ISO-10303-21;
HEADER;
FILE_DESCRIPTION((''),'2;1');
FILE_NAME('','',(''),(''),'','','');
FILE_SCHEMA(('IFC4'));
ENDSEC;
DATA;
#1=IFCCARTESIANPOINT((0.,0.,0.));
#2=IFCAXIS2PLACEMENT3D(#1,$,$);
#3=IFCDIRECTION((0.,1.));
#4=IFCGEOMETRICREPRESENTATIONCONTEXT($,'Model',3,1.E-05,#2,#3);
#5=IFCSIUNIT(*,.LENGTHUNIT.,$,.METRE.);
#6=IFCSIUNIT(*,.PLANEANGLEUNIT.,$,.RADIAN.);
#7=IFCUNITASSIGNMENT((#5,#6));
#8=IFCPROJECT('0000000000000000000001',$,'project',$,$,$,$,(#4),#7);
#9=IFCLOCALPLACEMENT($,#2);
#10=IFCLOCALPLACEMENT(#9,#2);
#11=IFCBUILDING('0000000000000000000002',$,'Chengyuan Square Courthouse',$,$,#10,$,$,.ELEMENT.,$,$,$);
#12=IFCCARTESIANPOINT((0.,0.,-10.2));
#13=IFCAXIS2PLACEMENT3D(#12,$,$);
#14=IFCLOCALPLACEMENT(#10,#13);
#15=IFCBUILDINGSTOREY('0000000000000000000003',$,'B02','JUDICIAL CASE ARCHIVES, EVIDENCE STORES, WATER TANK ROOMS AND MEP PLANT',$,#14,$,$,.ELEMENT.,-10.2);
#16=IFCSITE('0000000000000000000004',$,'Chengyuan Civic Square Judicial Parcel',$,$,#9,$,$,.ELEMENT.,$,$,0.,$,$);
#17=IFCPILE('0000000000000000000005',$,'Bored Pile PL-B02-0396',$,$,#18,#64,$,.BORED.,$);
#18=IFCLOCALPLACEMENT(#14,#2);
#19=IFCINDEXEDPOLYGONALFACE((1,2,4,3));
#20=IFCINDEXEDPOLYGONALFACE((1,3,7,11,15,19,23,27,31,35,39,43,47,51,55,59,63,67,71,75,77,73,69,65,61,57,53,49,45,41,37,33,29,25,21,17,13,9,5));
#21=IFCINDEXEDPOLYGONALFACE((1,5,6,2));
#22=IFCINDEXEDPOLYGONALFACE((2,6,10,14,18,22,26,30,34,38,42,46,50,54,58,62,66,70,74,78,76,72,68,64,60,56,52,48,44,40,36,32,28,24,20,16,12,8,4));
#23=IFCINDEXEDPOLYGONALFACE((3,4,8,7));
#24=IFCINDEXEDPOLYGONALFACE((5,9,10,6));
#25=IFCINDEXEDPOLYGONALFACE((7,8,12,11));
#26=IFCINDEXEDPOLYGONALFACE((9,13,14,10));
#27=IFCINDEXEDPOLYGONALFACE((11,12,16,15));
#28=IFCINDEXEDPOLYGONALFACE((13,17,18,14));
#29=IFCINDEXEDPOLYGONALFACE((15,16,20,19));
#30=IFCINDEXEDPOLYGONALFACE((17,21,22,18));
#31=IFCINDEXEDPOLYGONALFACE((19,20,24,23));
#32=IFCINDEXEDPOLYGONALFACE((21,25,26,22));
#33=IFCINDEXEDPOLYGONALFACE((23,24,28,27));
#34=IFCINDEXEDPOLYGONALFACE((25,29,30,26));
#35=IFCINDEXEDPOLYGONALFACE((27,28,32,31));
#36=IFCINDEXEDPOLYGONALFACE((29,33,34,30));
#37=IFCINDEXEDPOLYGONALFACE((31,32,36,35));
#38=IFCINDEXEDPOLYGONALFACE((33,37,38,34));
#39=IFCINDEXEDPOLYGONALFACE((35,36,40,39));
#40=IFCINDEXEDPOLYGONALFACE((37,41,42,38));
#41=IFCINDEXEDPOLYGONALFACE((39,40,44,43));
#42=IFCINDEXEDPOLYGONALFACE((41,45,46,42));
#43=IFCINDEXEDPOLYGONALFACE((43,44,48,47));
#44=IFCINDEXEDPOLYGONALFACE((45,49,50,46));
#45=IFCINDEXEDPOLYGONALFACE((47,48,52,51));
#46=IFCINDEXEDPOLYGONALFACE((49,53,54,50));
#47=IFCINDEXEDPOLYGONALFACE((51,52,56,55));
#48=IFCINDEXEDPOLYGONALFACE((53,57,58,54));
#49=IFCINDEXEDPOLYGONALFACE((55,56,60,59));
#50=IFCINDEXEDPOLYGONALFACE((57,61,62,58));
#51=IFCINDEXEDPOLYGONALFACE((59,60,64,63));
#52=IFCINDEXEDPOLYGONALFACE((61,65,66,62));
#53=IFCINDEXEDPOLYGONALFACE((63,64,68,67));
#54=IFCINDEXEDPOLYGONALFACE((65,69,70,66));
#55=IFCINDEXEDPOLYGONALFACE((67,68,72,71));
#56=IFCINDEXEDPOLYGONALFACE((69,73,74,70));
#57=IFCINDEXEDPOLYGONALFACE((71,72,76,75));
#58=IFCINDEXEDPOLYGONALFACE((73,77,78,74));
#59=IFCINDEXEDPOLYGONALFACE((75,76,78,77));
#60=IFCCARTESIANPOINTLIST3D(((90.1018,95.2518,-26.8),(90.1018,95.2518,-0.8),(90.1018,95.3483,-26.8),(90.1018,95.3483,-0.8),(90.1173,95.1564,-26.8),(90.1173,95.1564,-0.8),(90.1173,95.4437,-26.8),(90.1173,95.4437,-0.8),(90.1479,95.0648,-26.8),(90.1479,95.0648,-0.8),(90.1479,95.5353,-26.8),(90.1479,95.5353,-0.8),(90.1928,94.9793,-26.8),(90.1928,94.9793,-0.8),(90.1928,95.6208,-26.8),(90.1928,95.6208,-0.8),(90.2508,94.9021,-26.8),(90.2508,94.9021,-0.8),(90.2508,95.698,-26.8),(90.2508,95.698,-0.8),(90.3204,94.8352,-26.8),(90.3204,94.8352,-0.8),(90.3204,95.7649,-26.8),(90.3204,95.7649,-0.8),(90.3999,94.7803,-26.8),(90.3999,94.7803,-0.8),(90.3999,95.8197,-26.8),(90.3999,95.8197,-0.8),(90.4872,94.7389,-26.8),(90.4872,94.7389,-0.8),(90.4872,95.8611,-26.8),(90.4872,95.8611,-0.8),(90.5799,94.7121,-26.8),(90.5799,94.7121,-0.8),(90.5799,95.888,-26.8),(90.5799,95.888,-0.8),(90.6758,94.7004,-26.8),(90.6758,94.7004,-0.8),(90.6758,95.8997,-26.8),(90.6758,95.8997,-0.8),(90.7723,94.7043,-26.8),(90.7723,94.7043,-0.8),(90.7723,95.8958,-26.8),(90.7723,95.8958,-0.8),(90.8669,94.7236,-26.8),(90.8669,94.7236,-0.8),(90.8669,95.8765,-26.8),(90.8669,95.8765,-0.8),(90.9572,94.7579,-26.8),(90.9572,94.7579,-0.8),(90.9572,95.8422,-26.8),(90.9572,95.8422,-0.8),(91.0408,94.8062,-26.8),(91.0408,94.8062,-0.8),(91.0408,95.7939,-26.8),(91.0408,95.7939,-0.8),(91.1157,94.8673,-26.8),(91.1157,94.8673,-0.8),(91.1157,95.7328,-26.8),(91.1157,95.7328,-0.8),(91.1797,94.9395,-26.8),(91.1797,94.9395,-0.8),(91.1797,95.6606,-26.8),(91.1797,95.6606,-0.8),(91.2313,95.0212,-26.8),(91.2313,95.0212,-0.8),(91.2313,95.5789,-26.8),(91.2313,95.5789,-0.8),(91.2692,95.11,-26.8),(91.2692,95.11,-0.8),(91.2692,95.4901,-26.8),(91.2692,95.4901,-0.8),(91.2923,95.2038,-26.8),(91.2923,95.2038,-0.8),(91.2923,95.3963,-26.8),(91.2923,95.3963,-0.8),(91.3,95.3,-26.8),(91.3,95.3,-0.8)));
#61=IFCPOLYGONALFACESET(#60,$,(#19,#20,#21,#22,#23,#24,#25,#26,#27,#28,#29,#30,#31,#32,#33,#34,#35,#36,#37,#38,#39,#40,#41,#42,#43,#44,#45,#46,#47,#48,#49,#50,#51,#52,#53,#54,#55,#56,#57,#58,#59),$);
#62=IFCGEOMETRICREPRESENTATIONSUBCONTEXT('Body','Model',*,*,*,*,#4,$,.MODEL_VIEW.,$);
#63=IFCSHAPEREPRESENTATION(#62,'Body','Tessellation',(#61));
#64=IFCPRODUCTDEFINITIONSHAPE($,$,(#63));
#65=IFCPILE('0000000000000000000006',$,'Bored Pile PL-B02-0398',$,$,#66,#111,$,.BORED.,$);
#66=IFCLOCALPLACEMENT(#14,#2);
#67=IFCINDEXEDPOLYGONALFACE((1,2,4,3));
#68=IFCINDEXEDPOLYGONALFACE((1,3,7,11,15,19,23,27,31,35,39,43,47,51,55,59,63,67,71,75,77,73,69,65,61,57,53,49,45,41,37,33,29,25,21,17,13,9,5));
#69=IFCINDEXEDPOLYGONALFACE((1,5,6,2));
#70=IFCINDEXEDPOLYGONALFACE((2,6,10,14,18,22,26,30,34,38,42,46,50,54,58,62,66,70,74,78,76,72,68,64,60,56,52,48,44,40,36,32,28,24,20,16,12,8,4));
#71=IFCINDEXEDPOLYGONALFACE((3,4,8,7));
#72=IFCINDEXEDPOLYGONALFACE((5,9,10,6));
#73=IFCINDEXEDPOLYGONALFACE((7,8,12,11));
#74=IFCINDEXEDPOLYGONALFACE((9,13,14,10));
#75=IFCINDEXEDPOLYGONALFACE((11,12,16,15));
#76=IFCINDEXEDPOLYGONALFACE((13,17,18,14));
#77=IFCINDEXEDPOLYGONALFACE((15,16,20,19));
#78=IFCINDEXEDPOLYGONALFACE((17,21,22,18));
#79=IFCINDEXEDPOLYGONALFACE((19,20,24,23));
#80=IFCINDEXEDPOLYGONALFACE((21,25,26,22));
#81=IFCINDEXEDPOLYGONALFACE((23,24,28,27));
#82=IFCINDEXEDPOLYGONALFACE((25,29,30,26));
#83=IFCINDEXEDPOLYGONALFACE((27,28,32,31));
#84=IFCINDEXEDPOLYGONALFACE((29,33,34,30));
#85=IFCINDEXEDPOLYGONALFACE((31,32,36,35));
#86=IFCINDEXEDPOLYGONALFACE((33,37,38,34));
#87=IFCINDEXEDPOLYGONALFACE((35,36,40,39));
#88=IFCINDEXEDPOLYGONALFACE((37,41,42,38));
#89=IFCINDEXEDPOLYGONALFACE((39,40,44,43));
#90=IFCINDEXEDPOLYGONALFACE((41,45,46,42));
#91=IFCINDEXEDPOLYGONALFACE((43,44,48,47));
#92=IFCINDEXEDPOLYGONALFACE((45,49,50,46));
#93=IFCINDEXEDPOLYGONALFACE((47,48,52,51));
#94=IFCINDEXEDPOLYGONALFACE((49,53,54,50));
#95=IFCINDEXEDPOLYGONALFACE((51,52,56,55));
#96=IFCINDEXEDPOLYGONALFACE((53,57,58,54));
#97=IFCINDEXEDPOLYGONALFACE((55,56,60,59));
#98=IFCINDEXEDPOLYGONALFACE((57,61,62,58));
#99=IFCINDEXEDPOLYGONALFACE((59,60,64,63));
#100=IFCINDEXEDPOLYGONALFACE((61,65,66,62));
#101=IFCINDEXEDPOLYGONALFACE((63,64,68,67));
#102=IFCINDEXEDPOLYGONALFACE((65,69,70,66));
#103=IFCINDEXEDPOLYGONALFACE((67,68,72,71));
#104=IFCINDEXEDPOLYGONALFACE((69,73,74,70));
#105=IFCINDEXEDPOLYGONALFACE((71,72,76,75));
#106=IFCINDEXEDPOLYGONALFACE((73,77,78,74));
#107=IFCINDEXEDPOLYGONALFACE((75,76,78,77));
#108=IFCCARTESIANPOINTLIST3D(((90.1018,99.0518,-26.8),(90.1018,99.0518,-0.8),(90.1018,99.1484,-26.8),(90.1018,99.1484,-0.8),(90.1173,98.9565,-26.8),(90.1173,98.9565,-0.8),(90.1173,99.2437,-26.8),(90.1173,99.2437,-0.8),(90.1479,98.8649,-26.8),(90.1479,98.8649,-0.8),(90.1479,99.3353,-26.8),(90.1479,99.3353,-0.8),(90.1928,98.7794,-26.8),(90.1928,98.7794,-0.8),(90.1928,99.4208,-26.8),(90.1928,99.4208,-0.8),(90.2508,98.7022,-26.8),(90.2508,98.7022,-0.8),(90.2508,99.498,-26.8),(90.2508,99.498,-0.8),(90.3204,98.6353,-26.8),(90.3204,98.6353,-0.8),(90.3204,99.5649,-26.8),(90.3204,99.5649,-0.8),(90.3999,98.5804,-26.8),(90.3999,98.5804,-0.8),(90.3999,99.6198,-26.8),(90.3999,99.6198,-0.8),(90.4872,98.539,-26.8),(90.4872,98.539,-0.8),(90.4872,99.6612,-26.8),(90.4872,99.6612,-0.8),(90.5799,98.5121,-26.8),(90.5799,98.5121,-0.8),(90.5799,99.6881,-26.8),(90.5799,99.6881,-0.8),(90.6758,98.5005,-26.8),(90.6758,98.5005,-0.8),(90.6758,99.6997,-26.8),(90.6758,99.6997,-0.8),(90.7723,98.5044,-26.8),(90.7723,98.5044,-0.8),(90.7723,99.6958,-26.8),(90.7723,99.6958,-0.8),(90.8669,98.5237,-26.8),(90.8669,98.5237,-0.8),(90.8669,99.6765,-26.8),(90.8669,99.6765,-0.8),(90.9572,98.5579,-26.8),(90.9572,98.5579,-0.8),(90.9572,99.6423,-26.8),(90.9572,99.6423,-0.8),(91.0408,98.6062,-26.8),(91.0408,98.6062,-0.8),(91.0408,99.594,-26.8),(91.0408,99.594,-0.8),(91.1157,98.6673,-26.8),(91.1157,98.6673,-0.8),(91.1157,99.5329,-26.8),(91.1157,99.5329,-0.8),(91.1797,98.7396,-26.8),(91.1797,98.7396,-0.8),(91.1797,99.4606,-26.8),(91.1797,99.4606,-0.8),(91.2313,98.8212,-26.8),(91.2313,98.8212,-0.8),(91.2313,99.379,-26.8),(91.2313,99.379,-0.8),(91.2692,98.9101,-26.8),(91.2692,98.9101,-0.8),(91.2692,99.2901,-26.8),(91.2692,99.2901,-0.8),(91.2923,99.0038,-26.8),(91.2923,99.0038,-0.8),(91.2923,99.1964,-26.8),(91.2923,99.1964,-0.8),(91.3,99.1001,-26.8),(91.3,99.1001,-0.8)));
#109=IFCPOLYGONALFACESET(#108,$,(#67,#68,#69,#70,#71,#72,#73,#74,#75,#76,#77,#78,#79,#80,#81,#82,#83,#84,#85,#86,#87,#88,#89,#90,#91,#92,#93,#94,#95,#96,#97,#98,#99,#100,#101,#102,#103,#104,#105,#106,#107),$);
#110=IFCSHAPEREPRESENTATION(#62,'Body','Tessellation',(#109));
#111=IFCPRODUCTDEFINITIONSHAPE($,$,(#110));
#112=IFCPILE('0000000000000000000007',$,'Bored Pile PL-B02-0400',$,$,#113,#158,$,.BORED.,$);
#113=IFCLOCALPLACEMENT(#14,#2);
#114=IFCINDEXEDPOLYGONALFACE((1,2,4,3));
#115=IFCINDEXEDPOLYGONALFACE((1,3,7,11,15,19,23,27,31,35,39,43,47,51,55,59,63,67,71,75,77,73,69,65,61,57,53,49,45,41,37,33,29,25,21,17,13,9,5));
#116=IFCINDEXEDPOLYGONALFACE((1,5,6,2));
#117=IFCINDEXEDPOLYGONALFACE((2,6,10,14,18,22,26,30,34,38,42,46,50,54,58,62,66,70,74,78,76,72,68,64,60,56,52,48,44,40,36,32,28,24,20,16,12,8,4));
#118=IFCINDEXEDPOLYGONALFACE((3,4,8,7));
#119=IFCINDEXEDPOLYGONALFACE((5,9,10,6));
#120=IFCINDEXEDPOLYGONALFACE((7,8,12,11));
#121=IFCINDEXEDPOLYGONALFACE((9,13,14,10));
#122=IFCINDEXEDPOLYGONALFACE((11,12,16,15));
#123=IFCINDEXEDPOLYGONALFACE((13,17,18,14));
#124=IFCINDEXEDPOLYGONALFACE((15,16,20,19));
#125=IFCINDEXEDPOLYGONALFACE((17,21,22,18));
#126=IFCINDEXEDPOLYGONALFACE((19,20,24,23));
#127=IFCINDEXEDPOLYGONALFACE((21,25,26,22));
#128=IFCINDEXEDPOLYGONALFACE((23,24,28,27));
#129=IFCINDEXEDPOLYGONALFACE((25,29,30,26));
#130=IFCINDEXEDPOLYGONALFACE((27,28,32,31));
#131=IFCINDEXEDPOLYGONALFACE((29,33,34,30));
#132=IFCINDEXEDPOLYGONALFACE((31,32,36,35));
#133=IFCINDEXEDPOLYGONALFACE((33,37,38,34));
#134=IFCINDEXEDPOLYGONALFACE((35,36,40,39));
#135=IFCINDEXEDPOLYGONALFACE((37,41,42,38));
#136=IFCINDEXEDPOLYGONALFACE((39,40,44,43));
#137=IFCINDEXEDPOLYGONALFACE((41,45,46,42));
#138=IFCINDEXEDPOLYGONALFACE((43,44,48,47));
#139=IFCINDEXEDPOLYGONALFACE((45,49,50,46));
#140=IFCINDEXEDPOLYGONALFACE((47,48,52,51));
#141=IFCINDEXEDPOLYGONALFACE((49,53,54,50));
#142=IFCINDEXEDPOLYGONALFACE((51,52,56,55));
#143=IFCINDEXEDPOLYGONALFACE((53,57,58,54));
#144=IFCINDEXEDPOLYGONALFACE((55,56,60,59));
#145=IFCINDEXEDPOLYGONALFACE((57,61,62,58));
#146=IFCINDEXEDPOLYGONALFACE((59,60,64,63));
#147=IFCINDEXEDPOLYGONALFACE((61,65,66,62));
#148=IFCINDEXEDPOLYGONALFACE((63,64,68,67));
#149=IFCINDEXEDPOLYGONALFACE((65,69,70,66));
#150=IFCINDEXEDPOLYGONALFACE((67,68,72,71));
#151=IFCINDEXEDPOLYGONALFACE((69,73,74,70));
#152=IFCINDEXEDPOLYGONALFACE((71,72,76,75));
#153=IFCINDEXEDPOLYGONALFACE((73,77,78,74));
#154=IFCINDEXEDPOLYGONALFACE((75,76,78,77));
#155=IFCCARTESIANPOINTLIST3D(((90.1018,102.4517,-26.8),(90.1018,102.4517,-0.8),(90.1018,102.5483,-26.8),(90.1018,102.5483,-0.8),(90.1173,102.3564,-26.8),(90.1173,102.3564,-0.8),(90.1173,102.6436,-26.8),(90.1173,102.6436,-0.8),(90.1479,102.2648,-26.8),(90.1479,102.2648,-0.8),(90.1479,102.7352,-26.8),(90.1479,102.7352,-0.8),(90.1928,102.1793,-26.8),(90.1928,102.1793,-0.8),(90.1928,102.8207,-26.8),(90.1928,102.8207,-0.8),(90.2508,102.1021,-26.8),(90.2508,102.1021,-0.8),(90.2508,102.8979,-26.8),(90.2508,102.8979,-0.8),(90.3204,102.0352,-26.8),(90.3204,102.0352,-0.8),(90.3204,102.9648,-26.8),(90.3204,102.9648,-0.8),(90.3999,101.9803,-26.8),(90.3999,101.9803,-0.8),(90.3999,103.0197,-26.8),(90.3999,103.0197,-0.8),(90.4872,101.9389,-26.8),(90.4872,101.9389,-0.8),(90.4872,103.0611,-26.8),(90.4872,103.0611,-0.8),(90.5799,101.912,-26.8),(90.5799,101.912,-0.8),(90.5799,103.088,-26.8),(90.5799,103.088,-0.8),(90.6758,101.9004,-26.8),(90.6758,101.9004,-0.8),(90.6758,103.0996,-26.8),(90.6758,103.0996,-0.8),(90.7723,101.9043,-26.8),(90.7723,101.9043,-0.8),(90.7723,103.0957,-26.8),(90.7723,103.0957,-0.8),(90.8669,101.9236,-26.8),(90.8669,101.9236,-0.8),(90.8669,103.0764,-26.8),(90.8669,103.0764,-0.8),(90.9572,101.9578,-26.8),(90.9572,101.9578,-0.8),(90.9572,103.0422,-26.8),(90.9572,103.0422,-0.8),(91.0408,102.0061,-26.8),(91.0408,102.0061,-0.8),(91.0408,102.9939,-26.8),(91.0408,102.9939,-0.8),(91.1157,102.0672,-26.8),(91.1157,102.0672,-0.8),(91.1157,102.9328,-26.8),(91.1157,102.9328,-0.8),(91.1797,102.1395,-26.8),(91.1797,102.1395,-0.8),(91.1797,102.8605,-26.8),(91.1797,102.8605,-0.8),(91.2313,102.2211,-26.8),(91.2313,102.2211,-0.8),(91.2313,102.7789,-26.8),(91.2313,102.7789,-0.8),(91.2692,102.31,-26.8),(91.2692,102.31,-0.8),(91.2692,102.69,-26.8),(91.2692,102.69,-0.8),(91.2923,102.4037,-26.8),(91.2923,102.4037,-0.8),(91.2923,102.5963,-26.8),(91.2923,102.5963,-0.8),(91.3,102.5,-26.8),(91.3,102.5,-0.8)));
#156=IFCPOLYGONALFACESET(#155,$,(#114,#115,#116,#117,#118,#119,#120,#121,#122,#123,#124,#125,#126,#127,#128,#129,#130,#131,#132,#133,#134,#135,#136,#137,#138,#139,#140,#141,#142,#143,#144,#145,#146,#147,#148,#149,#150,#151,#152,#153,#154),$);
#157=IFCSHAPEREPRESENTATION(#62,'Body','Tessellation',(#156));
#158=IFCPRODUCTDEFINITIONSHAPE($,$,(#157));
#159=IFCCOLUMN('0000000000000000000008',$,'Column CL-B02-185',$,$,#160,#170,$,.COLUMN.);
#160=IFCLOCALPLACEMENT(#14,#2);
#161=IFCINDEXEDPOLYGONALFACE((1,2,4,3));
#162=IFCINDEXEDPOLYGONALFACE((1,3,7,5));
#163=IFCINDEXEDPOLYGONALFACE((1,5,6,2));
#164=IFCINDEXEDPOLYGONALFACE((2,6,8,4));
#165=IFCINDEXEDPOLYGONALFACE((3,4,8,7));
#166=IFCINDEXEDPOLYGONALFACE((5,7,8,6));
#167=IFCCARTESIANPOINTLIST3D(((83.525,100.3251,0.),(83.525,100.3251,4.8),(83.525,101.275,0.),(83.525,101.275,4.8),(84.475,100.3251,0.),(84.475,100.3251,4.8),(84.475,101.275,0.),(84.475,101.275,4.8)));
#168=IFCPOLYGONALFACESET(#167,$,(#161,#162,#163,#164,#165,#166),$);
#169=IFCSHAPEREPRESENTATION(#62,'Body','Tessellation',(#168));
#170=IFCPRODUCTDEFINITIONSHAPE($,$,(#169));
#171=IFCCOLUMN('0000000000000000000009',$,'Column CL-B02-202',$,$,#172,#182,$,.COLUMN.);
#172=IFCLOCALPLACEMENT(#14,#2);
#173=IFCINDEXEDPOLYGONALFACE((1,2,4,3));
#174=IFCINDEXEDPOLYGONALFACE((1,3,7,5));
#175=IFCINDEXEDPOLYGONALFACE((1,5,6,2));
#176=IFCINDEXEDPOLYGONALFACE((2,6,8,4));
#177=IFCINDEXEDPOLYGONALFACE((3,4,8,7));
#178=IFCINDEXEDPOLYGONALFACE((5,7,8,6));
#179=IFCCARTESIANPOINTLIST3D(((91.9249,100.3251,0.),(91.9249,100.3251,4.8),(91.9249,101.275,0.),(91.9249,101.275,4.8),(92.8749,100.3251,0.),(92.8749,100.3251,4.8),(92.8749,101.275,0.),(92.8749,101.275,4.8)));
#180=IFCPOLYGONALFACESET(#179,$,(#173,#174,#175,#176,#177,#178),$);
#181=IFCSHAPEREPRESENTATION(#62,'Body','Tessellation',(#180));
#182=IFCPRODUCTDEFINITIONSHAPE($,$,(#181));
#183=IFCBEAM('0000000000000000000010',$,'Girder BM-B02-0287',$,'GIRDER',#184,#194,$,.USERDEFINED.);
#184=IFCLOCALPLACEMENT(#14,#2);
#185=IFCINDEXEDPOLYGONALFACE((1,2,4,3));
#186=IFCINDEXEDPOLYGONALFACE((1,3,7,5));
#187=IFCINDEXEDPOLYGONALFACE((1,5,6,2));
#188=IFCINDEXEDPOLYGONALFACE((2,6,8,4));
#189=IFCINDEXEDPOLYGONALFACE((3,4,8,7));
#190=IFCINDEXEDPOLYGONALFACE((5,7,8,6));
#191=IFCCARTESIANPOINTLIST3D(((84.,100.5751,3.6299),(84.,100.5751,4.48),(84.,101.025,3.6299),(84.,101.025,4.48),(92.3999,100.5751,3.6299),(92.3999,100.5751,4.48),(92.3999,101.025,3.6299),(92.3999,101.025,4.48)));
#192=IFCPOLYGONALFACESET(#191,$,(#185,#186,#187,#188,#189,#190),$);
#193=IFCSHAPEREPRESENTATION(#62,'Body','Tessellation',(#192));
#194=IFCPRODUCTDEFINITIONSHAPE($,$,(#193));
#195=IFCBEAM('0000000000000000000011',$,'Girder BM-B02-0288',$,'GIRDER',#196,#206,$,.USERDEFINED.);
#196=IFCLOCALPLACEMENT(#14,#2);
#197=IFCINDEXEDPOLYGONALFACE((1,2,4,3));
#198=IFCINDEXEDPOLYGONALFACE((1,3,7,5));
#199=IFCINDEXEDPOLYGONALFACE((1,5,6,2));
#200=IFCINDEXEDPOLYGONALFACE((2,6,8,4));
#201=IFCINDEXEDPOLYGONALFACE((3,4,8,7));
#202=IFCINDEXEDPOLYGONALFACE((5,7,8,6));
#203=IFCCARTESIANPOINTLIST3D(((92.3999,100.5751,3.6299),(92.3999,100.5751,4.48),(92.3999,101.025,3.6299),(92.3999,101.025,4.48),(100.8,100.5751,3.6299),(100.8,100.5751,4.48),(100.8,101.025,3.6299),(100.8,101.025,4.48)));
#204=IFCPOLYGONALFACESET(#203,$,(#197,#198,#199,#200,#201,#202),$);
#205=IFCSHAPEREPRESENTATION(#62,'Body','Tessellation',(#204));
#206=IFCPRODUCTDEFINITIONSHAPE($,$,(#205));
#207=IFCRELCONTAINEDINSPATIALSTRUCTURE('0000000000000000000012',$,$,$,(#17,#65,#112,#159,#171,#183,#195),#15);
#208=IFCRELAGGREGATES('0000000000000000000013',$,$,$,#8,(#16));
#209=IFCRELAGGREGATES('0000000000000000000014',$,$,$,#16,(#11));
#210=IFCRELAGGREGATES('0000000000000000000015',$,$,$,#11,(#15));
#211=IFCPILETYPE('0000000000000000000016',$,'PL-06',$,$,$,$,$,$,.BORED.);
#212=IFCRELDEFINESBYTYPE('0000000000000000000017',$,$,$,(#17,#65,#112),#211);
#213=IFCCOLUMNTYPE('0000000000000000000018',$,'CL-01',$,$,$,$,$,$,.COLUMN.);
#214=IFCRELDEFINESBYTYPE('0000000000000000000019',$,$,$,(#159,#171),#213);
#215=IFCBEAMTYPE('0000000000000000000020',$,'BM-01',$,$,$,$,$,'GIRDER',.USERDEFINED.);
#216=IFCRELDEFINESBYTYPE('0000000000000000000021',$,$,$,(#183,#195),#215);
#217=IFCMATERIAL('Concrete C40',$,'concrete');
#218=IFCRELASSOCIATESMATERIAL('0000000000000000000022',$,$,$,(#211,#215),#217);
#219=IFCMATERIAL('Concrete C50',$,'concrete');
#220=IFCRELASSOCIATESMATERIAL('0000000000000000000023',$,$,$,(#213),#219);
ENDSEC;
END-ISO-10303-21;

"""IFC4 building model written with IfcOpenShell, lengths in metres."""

from ifc_helpers import new_model, si_unit, direction, frame, origin, origin_2d, place, context, subcontext, project, spatial, rectangle, circle, extrude, material, material_profile, profile_set, type_object, element, save


model = new_model("IFC4")

# Units and contexts
model_context = context("Model", 3, precision=1e-05, world=origin(), true_north=direction((0.0, 1.0)))
body_context = subcontext(model_context, "Body", "Model", "MODEL_VIEW")
ifc_project = project(units=[si_unit("LENGTHUNIT", "METRE"), si_unit("PLANEANGLEUNIT", "RADIAN")], contexts=[model_context])

# Site, building, storey
site_placement = place(None, origin())
site = spatial("IfcSite", under=ifc_project, at=site_placement, Name="Chengyuan Civic Square Judicial Parcel", CompositionType="ELEMENT", RefElevation=0.0)
building_placement = place(site_placement, origin())
building = spatial("IfcBuilding", under=site, at=building_placement, Name="Chengyuan Square Courthouse", CompositionType="ELEMENT")
storey_placement = place(building_placement, frame((0.0, 0.0, -10.2)))
storey = spatial("IfcBuildingStorey", under=building, at=storey_placement, Name="B02", Description="JUDICIAL CASE ARCHIVES, EVIDENCE STORES, WATER TANK ROOMS AND MEP PLANT", CompositionType="ELEMENT", Elevation=-10.2)

# Shared definitions
ifc_material_1 = material(Name="Concrete C40", Category="concrete")

# Piles
ifc_material_profile_1 = material_profile(ifc_material_1, circle(Radius=0.6001, at=origin_2d()), Name="BORED PILE D1200")
ifc_profile_set_1 = profile_set([ifc_material_profile_1], Name="Concrete C40")
pile_type_1 = type_object("IfcPileType", Name="PL-06", PredefinedType="BORED", material=ifc_profile_set_1)
for number, where, z_axis, x_axis, name in (
    (1, (90.7, 95.3, -0.8), (0.0, 0.0, -1.0), (1.0, 0.0, 0.0), "Bored Pile PL-B02-0396"),
    (2, (90.7, 99.1001, -0.8), (0.0, 0.0, -1.0), (1.0, 0.0, 0.0), "Bored Pile PL-B02-0398"),
    (3, (90.7, 102.5, -0.8), (0.0, 0.0, -1.0), (1.0, 0.0, 0.0), "Bored Pile PL-B02-0400"),
):
    element("IfcPile", number, at=place(storey_placement, frame(where, z_axis=z_axis, x_axis=x_axis)), inside=storey, type_object=pile_type_1, Name=name, PredefinedType="BORED", context=body_context, shape_type="SweptSolid", body=[
        extrude(circle(Radius=0.6001, at=origin_2d()), origin(), (0.0, 0.0, 1.0), 26.0),
    ])

# Columns
ifc_material_2 = material(Name="Concrete C50", Category="concrete")
ifc_material_profile_2 = material_profile(ifc_material_2, rectangle(XDim=0.95, YDim=0.95, at=origin_2d()), Name="RC-COL-950x950")
ifc_profile_set_2 = profile_set([ifc_material_profile_2], Name="Concrete C50")
column_type = type_object("IfcColumnType", Name="CL-01", PredefinedType="COLUMN", material=ifc_profile_set_2)
for number, where, z_axis, x_axis, name in (
    (4, (84.0, 100.8, 0.0), (0.0, 0.0, 1.0), (1.0, 0.0, 0.0), "Column CL-B02-185"),
    (5, (92.3999, 100.8, 0.0), (0.0, 0.0, 1.0), (1.0, 0.0, 0.0), "Column CL-B02-202"),
):
    element("IfcColumn", number, at=place(storey_placement, frame(where, z_axis=z_axis, x_axis=x_axis)), inside=storey, type_object=column_type, Name=name, PredefinedType="COLUMN", context=body_context, shape_type="SweptSolid", body=[
        extrude(rectangle(XDim=0.95, YDim=0.95, at=origin_2d()), origin(), (0.0, 0.0, 1.0), 4.8),
    ])

# Beams
ifc_material_profile_3 = material_profile(ifc_material_1, rectangle(XDim=0.45, YDim=0.8501, at=origin_2d()), Name="RC-BM-450x850")
ifc_profile_set_3 = profile_set([ifc_material_profile_3], Name="Concrete C40")
beam_type_1 = type_object("IfcBeamType", Name="BM-01", ElementType="GIRDER", PredefinedType="USERDEFINED", material=ifc_profile_set_3)
beam_1_placement = place(storey_placement, frame((84.0, 100.8, 4.0549), z_axis=(1.0, 0.0, 0.0), x_axis=(0.0, 1.0, 0.0)))
element("IfcBeam", 6, at=beam_1_placement, inside=storey, type_object=beam_type_1, Name="Girder BM-B02-0287", ObjectType="GIRDER", PredefinedType="USERDEFINED", context=body_context, shape_type="SweptSolid", body=[
    extrude(rectangle(XDim=0.45, YDim=0.8501, at=origin_2d()), origin(), (0.0, 0.0, 1.0), 8.3999),
])
beam_2_placement = place(storey_placement, frame((92.3999, 100.8, 4.0549), z_axis=(1.0, 0.0, 0.0), x_axis=(0.0, 1.0, 0.0)))
element("IfcBeam", 7, at=beam_2_placement, inside=storey, type_object=beam_type_1, Name="Girder BM-B02-0288", ObjectType="GIRDER", PredefinedType="USERDEFINED", context=body_context, shape_type="SweptSolid", body=[
    extrude(rectangle(XDim=0.45, YDim=0.8501, at=origin_2d()), origin(), (0.0, 0.0, 1.0), 8.4001),
])

save(model, "model.ifc")
